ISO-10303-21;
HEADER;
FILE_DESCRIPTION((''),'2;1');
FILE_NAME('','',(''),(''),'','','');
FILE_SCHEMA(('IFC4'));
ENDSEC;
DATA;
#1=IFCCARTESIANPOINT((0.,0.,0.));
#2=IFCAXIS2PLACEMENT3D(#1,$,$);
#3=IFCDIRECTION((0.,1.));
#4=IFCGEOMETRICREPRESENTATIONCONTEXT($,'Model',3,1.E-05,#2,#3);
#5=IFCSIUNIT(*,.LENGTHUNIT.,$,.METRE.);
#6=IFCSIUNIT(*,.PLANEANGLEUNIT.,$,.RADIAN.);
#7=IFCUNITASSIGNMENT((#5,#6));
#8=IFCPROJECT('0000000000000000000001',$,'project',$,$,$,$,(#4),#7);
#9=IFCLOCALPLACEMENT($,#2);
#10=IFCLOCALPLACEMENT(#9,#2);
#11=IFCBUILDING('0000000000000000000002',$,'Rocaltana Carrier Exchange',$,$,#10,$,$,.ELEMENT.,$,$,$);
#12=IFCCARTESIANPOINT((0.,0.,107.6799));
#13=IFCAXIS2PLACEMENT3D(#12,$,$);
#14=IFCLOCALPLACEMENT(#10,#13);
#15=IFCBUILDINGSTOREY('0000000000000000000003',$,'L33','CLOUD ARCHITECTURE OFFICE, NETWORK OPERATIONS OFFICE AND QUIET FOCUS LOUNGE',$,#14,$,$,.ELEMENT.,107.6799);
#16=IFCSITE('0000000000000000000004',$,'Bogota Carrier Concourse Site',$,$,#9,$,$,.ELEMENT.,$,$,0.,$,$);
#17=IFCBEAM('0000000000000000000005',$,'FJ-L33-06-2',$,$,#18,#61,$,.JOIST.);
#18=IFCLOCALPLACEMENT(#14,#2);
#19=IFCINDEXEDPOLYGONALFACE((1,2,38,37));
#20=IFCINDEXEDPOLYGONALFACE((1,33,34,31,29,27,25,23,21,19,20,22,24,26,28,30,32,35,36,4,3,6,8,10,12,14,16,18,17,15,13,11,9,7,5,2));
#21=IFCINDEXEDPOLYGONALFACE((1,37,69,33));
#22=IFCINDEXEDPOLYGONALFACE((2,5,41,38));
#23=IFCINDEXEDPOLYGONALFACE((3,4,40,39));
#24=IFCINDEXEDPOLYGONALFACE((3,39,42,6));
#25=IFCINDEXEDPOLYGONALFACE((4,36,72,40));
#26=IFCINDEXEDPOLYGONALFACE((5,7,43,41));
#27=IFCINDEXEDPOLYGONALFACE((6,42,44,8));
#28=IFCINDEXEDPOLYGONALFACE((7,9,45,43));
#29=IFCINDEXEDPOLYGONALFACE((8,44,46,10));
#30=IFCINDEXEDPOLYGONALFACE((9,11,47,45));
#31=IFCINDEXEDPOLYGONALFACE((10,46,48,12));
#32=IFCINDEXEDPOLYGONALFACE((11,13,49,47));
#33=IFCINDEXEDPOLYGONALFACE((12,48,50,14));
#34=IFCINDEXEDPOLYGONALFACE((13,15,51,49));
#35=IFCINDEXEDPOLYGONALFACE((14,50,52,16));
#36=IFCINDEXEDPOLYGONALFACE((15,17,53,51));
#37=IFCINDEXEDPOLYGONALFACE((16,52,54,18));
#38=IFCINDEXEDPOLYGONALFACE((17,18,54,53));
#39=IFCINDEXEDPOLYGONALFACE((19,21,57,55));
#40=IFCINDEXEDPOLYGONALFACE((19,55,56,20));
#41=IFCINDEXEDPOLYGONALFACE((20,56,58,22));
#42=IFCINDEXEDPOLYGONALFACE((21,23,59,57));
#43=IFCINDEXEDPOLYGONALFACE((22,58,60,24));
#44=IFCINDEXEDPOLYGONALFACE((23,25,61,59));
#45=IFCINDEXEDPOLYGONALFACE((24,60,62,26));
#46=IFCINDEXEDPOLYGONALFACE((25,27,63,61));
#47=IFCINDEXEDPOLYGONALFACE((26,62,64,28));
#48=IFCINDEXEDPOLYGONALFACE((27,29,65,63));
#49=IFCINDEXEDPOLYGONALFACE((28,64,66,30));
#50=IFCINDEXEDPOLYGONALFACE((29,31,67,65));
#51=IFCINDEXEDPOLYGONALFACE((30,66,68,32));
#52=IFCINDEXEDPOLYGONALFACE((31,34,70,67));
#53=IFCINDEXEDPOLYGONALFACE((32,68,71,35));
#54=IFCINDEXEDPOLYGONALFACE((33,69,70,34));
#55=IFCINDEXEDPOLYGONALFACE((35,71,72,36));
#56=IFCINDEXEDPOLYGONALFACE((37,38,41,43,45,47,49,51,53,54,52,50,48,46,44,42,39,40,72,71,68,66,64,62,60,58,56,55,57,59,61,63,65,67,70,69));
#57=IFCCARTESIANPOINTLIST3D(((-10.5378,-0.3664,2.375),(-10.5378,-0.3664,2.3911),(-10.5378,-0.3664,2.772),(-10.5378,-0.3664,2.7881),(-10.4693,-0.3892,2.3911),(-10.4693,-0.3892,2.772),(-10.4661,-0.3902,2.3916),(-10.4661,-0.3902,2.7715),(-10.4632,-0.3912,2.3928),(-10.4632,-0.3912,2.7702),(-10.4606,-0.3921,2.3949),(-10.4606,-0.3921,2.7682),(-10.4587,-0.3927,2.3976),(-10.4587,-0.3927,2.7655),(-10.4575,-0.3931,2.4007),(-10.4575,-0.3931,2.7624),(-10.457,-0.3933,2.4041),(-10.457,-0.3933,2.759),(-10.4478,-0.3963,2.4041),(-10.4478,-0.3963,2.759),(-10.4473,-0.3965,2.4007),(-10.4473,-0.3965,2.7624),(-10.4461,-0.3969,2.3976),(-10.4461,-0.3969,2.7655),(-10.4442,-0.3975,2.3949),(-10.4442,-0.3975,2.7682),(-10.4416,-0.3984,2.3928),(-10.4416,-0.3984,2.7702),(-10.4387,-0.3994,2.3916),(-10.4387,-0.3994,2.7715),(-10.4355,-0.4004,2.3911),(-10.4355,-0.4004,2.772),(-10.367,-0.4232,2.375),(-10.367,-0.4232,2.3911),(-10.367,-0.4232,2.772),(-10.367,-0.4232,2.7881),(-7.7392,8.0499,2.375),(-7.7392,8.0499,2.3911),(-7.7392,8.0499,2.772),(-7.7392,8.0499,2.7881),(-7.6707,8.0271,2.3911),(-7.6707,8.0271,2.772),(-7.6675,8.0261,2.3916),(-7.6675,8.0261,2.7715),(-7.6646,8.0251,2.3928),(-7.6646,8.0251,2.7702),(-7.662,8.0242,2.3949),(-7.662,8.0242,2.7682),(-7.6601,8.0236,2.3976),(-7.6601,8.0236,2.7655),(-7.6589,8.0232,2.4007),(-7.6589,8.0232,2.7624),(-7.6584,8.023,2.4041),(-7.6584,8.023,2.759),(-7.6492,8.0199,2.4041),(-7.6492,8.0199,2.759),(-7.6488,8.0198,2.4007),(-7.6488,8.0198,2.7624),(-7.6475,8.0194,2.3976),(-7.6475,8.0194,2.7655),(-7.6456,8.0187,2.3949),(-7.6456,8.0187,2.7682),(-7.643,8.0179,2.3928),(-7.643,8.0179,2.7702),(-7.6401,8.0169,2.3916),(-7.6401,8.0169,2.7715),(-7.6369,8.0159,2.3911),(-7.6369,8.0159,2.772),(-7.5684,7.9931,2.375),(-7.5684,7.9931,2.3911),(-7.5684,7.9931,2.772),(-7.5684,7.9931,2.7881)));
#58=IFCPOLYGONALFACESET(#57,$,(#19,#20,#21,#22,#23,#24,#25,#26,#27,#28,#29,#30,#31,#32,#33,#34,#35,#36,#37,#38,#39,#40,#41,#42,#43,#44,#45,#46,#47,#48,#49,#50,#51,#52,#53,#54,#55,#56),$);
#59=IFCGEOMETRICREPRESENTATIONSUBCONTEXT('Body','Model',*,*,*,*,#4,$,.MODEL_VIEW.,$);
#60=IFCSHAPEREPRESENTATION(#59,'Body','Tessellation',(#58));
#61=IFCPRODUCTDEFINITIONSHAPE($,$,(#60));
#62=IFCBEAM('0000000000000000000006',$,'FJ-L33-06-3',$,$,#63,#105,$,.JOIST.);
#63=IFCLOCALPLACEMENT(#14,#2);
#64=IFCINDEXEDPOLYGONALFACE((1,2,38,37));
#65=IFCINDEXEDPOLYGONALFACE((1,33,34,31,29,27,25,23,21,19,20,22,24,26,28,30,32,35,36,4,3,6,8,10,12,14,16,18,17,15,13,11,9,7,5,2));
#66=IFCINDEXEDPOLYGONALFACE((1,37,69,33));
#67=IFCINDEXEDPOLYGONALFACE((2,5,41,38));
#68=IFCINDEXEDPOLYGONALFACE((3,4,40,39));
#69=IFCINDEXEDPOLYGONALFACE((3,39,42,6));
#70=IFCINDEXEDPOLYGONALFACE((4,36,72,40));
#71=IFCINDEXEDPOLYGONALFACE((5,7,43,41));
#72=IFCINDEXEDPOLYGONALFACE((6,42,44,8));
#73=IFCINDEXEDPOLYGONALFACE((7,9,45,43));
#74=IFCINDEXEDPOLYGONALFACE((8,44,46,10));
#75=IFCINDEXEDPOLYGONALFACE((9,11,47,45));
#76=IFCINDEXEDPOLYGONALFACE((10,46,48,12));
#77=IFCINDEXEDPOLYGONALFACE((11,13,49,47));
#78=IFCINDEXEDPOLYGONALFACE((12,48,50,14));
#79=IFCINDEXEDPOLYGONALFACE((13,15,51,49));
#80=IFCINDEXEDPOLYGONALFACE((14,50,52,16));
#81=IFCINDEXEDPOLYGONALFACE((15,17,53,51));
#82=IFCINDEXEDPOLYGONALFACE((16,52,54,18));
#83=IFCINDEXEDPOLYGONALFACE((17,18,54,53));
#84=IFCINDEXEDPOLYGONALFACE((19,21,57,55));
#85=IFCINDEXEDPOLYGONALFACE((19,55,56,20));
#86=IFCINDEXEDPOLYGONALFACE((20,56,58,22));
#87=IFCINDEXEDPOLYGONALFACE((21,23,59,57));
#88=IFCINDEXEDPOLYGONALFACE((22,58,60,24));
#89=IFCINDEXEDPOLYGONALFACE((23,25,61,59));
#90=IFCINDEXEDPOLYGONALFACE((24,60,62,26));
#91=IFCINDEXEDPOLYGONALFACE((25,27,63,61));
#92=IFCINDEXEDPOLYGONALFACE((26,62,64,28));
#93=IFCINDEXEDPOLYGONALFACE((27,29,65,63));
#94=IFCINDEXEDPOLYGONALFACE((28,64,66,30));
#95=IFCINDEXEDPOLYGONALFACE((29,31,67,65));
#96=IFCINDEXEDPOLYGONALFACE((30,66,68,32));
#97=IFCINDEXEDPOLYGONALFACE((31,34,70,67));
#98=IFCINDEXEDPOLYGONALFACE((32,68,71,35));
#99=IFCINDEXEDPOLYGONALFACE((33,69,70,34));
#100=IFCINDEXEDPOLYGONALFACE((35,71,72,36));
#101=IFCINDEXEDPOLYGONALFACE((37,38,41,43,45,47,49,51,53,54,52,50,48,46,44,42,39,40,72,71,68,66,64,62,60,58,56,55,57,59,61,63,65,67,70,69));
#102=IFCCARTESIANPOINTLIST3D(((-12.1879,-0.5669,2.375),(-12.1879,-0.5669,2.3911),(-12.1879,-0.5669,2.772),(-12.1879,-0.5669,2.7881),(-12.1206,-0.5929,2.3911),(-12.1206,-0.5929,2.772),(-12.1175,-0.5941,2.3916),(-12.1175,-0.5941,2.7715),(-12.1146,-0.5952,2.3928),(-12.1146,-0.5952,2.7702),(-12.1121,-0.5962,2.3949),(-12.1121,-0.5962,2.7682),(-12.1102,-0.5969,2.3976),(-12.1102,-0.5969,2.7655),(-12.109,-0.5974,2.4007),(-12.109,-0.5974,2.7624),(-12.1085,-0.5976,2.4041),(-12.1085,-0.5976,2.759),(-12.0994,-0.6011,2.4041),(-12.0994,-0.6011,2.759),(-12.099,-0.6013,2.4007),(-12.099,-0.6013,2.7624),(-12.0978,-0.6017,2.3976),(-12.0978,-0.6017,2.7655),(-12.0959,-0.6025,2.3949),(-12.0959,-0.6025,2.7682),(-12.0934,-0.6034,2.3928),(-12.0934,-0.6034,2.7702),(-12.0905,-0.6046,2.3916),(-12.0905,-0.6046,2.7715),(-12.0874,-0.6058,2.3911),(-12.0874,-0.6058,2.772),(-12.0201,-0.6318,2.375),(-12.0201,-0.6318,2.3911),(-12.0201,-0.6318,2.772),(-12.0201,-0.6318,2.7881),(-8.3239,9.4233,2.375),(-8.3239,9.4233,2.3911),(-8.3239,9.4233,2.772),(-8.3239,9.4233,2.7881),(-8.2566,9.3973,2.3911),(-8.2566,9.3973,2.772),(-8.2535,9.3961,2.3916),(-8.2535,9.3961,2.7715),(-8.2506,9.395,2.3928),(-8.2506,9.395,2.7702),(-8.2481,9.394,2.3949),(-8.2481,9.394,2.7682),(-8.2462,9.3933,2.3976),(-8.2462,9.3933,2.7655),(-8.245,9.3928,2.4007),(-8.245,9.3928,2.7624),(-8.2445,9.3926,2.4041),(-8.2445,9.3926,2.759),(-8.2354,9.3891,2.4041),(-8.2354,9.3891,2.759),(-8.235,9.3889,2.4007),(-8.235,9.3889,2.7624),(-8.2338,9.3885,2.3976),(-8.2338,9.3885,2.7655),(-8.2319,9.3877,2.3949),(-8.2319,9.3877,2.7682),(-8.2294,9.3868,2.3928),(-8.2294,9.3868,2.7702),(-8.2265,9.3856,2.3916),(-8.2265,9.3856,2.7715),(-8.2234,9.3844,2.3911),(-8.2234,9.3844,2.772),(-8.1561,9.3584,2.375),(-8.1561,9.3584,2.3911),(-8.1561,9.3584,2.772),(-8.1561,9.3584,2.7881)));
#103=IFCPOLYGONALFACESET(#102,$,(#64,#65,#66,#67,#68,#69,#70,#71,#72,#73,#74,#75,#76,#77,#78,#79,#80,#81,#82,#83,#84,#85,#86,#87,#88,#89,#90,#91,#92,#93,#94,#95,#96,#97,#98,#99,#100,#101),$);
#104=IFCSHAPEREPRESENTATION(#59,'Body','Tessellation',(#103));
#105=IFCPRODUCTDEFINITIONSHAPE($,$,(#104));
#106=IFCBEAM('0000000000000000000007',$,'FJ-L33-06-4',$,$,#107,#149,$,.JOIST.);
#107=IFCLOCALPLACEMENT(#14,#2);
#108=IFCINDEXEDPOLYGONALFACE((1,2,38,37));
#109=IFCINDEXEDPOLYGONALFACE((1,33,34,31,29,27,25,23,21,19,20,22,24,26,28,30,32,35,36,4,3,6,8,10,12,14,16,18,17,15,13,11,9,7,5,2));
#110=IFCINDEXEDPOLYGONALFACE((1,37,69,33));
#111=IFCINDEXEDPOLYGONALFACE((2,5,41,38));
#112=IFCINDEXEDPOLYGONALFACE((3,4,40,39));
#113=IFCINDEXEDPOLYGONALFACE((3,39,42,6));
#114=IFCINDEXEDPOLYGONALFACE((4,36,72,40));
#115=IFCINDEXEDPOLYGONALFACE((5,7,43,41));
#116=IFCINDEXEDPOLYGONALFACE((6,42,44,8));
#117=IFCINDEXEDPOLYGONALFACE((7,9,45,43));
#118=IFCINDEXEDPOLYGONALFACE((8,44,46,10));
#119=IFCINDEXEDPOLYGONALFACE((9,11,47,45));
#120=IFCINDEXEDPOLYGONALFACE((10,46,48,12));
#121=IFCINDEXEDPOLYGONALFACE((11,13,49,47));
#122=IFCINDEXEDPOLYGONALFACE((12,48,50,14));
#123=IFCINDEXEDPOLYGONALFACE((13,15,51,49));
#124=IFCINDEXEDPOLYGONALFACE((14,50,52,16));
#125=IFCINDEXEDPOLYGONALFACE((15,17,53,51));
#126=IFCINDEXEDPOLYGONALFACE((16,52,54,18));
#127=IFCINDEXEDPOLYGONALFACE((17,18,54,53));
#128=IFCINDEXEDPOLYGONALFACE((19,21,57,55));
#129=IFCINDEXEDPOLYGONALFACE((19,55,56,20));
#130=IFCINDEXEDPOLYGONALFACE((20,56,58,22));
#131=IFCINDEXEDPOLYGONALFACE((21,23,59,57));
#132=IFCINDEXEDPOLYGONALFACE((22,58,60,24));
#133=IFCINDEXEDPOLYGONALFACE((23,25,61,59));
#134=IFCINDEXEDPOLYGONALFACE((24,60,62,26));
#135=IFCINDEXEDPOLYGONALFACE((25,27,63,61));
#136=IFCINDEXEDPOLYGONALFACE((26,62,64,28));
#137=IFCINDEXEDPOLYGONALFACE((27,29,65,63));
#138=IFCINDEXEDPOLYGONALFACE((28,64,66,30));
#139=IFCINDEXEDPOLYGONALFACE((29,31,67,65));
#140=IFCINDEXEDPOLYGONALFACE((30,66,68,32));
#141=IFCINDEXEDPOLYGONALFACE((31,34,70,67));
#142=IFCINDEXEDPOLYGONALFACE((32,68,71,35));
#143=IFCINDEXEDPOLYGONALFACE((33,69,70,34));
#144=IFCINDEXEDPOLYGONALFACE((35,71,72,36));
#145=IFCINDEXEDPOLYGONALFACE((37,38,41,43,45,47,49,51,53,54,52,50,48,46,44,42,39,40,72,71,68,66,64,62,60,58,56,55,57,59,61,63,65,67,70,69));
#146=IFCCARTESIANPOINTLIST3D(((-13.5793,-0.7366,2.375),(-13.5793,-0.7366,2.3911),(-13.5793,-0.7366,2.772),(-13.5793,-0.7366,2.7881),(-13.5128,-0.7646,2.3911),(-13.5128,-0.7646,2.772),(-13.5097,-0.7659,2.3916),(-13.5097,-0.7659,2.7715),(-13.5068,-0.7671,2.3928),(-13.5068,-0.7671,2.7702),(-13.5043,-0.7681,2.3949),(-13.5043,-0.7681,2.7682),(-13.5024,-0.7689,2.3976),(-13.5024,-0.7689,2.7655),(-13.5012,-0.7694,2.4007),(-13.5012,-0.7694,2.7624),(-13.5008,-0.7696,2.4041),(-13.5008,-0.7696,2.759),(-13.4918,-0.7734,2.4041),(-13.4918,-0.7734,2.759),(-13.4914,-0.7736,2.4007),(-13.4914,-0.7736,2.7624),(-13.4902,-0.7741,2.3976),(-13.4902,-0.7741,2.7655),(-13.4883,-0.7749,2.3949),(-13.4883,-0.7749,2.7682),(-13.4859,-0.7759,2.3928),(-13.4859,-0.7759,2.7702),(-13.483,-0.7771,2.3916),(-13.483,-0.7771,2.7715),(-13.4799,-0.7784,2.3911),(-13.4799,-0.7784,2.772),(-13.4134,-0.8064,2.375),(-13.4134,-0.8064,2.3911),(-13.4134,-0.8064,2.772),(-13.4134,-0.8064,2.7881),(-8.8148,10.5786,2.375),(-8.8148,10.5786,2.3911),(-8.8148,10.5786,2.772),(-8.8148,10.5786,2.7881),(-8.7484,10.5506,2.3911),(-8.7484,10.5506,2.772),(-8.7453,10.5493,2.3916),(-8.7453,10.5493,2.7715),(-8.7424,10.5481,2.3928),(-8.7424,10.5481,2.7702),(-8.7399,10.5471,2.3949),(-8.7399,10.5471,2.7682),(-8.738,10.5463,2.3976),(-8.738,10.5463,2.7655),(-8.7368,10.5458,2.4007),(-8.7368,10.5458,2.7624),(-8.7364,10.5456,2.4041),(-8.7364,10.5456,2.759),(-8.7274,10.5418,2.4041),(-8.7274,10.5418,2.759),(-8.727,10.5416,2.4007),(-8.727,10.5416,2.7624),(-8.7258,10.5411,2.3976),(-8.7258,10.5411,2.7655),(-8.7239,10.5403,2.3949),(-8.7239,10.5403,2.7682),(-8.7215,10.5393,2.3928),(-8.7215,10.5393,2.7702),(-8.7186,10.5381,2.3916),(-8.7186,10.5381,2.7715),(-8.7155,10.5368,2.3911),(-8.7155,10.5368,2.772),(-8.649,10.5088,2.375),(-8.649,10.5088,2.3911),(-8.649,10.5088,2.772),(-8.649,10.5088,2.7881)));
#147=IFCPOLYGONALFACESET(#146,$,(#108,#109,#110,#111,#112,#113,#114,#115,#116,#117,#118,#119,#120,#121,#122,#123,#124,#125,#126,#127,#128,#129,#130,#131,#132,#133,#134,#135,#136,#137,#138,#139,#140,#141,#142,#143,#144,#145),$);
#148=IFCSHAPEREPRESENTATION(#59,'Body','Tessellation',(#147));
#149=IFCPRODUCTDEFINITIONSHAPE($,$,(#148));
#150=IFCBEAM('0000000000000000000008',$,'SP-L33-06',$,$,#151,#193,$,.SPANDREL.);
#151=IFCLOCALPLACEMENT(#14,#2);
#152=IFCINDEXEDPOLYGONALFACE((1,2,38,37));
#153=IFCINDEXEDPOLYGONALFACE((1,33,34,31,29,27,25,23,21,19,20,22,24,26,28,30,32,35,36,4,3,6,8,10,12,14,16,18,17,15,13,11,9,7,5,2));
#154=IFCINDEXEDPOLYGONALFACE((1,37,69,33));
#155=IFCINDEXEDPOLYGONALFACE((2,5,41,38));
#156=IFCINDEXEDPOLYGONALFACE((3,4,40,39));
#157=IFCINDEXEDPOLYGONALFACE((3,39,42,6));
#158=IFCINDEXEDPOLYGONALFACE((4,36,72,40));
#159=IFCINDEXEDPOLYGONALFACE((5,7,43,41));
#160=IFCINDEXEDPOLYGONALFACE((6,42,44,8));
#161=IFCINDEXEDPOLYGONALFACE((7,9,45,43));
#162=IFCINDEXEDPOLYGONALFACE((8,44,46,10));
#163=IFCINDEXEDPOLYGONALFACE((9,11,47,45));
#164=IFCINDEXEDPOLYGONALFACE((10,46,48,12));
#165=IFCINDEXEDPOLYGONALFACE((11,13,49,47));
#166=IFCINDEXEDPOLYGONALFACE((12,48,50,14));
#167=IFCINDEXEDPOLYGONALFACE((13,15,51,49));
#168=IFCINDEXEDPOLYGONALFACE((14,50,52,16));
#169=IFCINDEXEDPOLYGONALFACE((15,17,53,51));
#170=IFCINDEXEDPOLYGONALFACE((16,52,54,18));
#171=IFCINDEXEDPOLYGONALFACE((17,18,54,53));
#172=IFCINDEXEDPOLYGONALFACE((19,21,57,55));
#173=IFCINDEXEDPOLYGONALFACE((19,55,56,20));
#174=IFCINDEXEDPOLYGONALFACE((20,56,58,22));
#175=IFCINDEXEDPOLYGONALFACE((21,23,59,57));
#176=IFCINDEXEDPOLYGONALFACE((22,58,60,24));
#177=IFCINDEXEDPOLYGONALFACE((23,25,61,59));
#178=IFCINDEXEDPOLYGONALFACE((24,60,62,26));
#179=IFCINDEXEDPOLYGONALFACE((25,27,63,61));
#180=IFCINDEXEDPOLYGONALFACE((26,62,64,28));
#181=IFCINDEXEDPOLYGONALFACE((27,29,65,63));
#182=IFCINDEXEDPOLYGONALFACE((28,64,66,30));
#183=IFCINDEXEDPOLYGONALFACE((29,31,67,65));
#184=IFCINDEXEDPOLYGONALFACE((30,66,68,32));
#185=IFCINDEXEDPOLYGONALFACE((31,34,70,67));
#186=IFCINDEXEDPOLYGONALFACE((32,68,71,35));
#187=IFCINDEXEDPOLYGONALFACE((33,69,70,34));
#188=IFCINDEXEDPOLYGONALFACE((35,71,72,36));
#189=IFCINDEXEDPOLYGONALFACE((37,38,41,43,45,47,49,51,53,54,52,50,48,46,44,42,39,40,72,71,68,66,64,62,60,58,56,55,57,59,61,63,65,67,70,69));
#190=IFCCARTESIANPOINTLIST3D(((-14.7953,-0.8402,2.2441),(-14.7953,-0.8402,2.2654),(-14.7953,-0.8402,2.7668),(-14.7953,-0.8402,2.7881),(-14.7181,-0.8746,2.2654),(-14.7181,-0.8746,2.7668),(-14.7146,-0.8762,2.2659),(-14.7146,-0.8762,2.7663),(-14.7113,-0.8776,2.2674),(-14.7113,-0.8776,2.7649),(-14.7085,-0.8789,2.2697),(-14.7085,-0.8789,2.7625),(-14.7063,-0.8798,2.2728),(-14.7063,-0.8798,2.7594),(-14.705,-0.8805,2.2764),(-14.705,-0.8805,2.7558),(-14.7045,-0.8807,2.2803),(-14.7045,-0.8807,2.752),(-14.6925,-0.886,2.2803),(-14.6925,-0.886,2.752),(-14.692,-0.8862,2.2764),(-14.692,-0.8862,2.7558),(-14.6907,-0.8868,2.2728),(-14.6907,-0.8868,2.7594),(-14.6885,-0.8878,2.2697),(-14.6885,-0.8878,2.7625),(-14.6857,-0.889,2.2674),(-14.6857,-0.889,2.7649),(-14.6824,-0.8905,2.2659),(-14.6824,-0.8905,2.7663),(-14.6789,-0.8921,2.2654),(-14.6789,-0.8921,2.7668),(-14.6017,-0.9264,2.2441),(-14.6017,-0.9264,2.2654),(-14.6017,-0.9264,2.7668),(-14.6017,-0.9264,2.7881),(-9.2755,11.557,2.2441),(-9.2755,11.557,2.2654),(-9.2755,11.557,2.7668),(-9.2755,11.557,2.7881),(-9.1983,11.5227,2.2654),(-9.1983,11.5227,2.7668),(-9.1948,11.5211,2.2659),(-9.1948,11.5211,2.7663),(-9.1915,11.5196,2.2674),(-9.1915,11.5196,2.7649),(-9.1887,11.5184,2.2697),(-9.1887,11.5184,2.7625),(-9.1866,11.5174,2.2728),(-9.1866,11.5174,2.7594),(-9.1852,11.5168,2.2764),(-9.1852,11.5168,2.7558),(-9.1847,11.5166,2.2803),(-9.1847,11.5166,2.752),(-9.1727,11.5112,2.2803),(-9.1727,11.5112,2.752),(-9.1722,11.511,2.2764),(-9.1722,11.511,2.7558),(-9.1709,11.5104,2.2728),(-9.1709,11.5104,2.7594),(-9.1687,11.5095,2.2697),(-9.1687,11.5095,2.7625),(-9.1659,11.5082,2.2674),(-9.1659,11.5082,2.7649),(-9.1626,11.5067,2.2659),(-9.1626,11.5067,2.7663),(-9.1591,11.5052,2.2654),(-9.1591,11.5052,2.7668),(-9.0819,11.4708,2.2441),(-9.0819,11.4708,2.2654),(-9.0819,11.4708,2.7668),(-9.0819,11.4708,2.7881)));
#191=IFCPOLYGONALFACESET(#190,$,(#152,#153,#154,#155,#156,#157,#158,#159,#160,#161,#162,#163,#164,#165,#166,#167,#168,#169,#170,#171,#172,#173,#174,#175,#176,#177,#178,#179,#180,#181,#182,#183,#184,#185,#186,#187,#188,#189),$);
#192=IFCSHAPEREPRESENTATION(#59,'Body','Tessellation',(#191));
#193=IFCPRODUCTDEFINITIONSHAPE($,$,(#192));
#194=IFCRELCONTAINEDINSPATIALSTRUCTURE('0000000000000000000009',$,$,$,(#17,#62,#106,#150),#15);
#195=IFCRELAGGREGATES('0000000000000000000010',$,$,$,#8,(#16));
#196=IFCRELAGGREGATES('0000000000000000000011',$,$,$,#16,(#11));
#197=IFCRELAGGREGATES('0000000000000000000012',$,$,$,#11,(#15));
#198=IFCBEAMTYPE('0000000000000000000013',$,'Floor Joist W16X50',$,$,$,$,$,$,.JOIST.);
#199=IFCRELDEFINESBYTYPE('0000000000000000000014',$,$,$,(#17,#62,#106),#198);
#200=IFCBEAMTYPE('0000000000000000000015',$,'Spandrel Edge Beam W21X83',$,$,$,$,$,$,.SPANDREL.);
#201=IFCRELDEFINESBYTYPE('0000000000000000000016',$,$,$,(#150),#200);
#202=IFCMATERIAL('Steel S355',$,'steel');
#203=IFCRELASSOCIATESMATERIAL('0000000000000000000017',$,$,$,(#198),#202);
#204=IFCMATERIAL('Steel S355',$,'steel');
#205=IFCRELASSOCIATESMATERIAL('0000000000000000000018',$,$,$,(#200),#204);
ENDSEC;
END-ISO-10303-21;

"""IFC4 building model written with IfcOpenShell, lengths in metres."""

from ifc_helpers import new_model, si_unit, direction, frame, origin, origin_2d, place, context, subcontext, project, spatial, i_section, extrude, material, material_profile, profile_set, type_object, element, save


model = new_model("IFC4")

# Units and contexts
model_context = context("Model", 3, precision=1e-05, world=origin(), true_north=direction((0.0, 1.0)))
body_context = subcontext(model_context, "Body", "Model", "MODEL_VIEW")
ifc_project = project(units=[si_unit("LENGTHUNIT", "METRE"), si_unit("PLANEANGLEUNIT", "RADIAN")], contexts=[model_context])

# Site, building, storey
site_placement = place(None, origin())
site = spatial("IfcSite", under=ifc_project, at=site_placement, Name="Bogota Carrier Concourse Site", CompositionType="ELEMENT", RefElevation=0.0)
building_placement = place(site_placement, origin())
building = spatial("IfcBuilding", under=site, at=building_placement, Name="Rocaltana Carrier Exchange", CompositionType="ELEMENT")
storey_placement = place(building_placement, frame((0.0, 0.0, 107.6799)))
storey = spatial("IfcBuildingStorey", under=building, at=storey_placement, Name="L33", Description="CLOUD ARCHITECTURE OFFICE, NETWORK OPERATIONS OFFICE AND QUIET FOCUS LOUNGE", CompositionType="ELEMENT", Elevation=107.6799)

# Beams
ifc_material_1 = material(Name="Steel S355", Category="steel")
ifc_material_profile_1 = material_profile(ifc_material_1, i_section(OverallWidth=0.1799, OverallDepth=0.4131, WebThickness=0.0098, FlangeThickness=0.0161, FilletRadius=0.0129, at=origin_2d()), Name="W16X50")
ifc_profile_set_1 = profile_set([ifc_material_profile_1], Name="Steel S355")
beam_type_1 = type_object("IfcBeamType", Name="Floor Joist W16X50", PredefinedType="JOIST", material=ifc_profile_set_1)
beam_1_placement = place(storey_placement, frame((-7.6538, 8.0215, 2.5815), z_axis=(-0.315534, -0.948914, 0.0), x_axis=(0.948914, -0.315534, 0.0)))
element("IfcBeam", 1, at=beam_1_placement, inside=storey, type_object=beam_type_1, Name="FJ-L33-06-2", PredefinedType="JOIST", context=body_context, shape_type="SweptSolid", body=[
    extrude(i_section(OverallWidth=0.1799, OverallDepth=0.4131, WebThickness=0.0098, FlangeThickness=0.0161, FilletRadius=0.0129, at=origin_2d()), origin(), (0.0, 0.0, 1.0), 8.8694),
])
beam_2_placement = place(storey_placement, frame((-8.24, 9.3909, 2.5815), z_axis=(-0.360736, -0.932668, 0.0), x_axis=(0.932668, -0.360736, 0.0)))
element("IfcBeam", 2, at=beam_2_placement, inside=storey, type_object=beam_type_1, Name="FJ-L33-06-3", PredefinedType="JOIST", context=body_context, shape_type="SweptSolid", body=[
    extrude(i_section(OverallWidth=0.1799, OverallDepth=0.4131, WebThickness=0.0098, FlangeThickness=0.0161, FilletRadius=0.0129, at=origin_2d()), origin(), (0.0, 0.0, 1.0), 10.7114),
])
beam_3_placement = place(storey_placement, frame((-8.7319, 10.5437, 2.5815), z_axis=(-0.388065, -0.921632, 0.0), x_axis=(0.921632, -0.388065, 0.0)))
element("IfcBeam", 3, at=beam_3_placement, inside=storey, type_object=beam_type_1, Name="FJ-L33-06-4", PredefinedType="JOIST", context=body_context, shape_type="SweptSolid", body=[
    extrude(i_section(OverallWidth=0.1799, OverallDepth=0.4131, WebThickness=0.0098, FlangeThickness=0.0161, FilletRadius=0.0129, at=origin_2d()), origin(), (0.0, 0.0, 1.0), 12.2773),
])
ifc_material_2 = material(Name="Steel S355", Category="steel")
ifc_material_profile_2 = material_profile(ifc_material_2, i_section(OverallWidth=0.2119, OverallDepth=0.5439, WebThickness=0.0132, FlangeThickness=0.0212, FilletRadius=0.0149, at=origin_2d()), Name="W21X83")
ifc_profile_set_2 = profile_set([ifc_material_profile_2], Name="Steel S355")
beam_type_2 = type_object("IfcBeamType", Name="Spandrel Edge Beam W21X83", PredefinedType="SPANDREL", material=ifc_profile_set_2)
beam_4_placement = place(storey_placement, frame((-9.1787, 11.5139, 2.5161), z_axis=(-0.406748, -0.913541, 0.0), x_axis=(0.913541, -0.406748, 0.0)))
element("IfcBeam", 4, at=beam_4_placement, inside=storey, type_object=beam_type_2, Name="SP-L33-06", PredefinedType="SPANDREL", context=body_context, shape_type="SweptSolid", body=[
    extrude(i_section(OverallWidth=0.2119, OverallDepth=0.5439, WebThickness=0.0132, FlangeThickness=0.0212, FilletRadius=0.0149, at=origin_2d()), origin(), (0.0, 0.0, 1.0), 13.5706),
])

save(model, "model.ifc")
